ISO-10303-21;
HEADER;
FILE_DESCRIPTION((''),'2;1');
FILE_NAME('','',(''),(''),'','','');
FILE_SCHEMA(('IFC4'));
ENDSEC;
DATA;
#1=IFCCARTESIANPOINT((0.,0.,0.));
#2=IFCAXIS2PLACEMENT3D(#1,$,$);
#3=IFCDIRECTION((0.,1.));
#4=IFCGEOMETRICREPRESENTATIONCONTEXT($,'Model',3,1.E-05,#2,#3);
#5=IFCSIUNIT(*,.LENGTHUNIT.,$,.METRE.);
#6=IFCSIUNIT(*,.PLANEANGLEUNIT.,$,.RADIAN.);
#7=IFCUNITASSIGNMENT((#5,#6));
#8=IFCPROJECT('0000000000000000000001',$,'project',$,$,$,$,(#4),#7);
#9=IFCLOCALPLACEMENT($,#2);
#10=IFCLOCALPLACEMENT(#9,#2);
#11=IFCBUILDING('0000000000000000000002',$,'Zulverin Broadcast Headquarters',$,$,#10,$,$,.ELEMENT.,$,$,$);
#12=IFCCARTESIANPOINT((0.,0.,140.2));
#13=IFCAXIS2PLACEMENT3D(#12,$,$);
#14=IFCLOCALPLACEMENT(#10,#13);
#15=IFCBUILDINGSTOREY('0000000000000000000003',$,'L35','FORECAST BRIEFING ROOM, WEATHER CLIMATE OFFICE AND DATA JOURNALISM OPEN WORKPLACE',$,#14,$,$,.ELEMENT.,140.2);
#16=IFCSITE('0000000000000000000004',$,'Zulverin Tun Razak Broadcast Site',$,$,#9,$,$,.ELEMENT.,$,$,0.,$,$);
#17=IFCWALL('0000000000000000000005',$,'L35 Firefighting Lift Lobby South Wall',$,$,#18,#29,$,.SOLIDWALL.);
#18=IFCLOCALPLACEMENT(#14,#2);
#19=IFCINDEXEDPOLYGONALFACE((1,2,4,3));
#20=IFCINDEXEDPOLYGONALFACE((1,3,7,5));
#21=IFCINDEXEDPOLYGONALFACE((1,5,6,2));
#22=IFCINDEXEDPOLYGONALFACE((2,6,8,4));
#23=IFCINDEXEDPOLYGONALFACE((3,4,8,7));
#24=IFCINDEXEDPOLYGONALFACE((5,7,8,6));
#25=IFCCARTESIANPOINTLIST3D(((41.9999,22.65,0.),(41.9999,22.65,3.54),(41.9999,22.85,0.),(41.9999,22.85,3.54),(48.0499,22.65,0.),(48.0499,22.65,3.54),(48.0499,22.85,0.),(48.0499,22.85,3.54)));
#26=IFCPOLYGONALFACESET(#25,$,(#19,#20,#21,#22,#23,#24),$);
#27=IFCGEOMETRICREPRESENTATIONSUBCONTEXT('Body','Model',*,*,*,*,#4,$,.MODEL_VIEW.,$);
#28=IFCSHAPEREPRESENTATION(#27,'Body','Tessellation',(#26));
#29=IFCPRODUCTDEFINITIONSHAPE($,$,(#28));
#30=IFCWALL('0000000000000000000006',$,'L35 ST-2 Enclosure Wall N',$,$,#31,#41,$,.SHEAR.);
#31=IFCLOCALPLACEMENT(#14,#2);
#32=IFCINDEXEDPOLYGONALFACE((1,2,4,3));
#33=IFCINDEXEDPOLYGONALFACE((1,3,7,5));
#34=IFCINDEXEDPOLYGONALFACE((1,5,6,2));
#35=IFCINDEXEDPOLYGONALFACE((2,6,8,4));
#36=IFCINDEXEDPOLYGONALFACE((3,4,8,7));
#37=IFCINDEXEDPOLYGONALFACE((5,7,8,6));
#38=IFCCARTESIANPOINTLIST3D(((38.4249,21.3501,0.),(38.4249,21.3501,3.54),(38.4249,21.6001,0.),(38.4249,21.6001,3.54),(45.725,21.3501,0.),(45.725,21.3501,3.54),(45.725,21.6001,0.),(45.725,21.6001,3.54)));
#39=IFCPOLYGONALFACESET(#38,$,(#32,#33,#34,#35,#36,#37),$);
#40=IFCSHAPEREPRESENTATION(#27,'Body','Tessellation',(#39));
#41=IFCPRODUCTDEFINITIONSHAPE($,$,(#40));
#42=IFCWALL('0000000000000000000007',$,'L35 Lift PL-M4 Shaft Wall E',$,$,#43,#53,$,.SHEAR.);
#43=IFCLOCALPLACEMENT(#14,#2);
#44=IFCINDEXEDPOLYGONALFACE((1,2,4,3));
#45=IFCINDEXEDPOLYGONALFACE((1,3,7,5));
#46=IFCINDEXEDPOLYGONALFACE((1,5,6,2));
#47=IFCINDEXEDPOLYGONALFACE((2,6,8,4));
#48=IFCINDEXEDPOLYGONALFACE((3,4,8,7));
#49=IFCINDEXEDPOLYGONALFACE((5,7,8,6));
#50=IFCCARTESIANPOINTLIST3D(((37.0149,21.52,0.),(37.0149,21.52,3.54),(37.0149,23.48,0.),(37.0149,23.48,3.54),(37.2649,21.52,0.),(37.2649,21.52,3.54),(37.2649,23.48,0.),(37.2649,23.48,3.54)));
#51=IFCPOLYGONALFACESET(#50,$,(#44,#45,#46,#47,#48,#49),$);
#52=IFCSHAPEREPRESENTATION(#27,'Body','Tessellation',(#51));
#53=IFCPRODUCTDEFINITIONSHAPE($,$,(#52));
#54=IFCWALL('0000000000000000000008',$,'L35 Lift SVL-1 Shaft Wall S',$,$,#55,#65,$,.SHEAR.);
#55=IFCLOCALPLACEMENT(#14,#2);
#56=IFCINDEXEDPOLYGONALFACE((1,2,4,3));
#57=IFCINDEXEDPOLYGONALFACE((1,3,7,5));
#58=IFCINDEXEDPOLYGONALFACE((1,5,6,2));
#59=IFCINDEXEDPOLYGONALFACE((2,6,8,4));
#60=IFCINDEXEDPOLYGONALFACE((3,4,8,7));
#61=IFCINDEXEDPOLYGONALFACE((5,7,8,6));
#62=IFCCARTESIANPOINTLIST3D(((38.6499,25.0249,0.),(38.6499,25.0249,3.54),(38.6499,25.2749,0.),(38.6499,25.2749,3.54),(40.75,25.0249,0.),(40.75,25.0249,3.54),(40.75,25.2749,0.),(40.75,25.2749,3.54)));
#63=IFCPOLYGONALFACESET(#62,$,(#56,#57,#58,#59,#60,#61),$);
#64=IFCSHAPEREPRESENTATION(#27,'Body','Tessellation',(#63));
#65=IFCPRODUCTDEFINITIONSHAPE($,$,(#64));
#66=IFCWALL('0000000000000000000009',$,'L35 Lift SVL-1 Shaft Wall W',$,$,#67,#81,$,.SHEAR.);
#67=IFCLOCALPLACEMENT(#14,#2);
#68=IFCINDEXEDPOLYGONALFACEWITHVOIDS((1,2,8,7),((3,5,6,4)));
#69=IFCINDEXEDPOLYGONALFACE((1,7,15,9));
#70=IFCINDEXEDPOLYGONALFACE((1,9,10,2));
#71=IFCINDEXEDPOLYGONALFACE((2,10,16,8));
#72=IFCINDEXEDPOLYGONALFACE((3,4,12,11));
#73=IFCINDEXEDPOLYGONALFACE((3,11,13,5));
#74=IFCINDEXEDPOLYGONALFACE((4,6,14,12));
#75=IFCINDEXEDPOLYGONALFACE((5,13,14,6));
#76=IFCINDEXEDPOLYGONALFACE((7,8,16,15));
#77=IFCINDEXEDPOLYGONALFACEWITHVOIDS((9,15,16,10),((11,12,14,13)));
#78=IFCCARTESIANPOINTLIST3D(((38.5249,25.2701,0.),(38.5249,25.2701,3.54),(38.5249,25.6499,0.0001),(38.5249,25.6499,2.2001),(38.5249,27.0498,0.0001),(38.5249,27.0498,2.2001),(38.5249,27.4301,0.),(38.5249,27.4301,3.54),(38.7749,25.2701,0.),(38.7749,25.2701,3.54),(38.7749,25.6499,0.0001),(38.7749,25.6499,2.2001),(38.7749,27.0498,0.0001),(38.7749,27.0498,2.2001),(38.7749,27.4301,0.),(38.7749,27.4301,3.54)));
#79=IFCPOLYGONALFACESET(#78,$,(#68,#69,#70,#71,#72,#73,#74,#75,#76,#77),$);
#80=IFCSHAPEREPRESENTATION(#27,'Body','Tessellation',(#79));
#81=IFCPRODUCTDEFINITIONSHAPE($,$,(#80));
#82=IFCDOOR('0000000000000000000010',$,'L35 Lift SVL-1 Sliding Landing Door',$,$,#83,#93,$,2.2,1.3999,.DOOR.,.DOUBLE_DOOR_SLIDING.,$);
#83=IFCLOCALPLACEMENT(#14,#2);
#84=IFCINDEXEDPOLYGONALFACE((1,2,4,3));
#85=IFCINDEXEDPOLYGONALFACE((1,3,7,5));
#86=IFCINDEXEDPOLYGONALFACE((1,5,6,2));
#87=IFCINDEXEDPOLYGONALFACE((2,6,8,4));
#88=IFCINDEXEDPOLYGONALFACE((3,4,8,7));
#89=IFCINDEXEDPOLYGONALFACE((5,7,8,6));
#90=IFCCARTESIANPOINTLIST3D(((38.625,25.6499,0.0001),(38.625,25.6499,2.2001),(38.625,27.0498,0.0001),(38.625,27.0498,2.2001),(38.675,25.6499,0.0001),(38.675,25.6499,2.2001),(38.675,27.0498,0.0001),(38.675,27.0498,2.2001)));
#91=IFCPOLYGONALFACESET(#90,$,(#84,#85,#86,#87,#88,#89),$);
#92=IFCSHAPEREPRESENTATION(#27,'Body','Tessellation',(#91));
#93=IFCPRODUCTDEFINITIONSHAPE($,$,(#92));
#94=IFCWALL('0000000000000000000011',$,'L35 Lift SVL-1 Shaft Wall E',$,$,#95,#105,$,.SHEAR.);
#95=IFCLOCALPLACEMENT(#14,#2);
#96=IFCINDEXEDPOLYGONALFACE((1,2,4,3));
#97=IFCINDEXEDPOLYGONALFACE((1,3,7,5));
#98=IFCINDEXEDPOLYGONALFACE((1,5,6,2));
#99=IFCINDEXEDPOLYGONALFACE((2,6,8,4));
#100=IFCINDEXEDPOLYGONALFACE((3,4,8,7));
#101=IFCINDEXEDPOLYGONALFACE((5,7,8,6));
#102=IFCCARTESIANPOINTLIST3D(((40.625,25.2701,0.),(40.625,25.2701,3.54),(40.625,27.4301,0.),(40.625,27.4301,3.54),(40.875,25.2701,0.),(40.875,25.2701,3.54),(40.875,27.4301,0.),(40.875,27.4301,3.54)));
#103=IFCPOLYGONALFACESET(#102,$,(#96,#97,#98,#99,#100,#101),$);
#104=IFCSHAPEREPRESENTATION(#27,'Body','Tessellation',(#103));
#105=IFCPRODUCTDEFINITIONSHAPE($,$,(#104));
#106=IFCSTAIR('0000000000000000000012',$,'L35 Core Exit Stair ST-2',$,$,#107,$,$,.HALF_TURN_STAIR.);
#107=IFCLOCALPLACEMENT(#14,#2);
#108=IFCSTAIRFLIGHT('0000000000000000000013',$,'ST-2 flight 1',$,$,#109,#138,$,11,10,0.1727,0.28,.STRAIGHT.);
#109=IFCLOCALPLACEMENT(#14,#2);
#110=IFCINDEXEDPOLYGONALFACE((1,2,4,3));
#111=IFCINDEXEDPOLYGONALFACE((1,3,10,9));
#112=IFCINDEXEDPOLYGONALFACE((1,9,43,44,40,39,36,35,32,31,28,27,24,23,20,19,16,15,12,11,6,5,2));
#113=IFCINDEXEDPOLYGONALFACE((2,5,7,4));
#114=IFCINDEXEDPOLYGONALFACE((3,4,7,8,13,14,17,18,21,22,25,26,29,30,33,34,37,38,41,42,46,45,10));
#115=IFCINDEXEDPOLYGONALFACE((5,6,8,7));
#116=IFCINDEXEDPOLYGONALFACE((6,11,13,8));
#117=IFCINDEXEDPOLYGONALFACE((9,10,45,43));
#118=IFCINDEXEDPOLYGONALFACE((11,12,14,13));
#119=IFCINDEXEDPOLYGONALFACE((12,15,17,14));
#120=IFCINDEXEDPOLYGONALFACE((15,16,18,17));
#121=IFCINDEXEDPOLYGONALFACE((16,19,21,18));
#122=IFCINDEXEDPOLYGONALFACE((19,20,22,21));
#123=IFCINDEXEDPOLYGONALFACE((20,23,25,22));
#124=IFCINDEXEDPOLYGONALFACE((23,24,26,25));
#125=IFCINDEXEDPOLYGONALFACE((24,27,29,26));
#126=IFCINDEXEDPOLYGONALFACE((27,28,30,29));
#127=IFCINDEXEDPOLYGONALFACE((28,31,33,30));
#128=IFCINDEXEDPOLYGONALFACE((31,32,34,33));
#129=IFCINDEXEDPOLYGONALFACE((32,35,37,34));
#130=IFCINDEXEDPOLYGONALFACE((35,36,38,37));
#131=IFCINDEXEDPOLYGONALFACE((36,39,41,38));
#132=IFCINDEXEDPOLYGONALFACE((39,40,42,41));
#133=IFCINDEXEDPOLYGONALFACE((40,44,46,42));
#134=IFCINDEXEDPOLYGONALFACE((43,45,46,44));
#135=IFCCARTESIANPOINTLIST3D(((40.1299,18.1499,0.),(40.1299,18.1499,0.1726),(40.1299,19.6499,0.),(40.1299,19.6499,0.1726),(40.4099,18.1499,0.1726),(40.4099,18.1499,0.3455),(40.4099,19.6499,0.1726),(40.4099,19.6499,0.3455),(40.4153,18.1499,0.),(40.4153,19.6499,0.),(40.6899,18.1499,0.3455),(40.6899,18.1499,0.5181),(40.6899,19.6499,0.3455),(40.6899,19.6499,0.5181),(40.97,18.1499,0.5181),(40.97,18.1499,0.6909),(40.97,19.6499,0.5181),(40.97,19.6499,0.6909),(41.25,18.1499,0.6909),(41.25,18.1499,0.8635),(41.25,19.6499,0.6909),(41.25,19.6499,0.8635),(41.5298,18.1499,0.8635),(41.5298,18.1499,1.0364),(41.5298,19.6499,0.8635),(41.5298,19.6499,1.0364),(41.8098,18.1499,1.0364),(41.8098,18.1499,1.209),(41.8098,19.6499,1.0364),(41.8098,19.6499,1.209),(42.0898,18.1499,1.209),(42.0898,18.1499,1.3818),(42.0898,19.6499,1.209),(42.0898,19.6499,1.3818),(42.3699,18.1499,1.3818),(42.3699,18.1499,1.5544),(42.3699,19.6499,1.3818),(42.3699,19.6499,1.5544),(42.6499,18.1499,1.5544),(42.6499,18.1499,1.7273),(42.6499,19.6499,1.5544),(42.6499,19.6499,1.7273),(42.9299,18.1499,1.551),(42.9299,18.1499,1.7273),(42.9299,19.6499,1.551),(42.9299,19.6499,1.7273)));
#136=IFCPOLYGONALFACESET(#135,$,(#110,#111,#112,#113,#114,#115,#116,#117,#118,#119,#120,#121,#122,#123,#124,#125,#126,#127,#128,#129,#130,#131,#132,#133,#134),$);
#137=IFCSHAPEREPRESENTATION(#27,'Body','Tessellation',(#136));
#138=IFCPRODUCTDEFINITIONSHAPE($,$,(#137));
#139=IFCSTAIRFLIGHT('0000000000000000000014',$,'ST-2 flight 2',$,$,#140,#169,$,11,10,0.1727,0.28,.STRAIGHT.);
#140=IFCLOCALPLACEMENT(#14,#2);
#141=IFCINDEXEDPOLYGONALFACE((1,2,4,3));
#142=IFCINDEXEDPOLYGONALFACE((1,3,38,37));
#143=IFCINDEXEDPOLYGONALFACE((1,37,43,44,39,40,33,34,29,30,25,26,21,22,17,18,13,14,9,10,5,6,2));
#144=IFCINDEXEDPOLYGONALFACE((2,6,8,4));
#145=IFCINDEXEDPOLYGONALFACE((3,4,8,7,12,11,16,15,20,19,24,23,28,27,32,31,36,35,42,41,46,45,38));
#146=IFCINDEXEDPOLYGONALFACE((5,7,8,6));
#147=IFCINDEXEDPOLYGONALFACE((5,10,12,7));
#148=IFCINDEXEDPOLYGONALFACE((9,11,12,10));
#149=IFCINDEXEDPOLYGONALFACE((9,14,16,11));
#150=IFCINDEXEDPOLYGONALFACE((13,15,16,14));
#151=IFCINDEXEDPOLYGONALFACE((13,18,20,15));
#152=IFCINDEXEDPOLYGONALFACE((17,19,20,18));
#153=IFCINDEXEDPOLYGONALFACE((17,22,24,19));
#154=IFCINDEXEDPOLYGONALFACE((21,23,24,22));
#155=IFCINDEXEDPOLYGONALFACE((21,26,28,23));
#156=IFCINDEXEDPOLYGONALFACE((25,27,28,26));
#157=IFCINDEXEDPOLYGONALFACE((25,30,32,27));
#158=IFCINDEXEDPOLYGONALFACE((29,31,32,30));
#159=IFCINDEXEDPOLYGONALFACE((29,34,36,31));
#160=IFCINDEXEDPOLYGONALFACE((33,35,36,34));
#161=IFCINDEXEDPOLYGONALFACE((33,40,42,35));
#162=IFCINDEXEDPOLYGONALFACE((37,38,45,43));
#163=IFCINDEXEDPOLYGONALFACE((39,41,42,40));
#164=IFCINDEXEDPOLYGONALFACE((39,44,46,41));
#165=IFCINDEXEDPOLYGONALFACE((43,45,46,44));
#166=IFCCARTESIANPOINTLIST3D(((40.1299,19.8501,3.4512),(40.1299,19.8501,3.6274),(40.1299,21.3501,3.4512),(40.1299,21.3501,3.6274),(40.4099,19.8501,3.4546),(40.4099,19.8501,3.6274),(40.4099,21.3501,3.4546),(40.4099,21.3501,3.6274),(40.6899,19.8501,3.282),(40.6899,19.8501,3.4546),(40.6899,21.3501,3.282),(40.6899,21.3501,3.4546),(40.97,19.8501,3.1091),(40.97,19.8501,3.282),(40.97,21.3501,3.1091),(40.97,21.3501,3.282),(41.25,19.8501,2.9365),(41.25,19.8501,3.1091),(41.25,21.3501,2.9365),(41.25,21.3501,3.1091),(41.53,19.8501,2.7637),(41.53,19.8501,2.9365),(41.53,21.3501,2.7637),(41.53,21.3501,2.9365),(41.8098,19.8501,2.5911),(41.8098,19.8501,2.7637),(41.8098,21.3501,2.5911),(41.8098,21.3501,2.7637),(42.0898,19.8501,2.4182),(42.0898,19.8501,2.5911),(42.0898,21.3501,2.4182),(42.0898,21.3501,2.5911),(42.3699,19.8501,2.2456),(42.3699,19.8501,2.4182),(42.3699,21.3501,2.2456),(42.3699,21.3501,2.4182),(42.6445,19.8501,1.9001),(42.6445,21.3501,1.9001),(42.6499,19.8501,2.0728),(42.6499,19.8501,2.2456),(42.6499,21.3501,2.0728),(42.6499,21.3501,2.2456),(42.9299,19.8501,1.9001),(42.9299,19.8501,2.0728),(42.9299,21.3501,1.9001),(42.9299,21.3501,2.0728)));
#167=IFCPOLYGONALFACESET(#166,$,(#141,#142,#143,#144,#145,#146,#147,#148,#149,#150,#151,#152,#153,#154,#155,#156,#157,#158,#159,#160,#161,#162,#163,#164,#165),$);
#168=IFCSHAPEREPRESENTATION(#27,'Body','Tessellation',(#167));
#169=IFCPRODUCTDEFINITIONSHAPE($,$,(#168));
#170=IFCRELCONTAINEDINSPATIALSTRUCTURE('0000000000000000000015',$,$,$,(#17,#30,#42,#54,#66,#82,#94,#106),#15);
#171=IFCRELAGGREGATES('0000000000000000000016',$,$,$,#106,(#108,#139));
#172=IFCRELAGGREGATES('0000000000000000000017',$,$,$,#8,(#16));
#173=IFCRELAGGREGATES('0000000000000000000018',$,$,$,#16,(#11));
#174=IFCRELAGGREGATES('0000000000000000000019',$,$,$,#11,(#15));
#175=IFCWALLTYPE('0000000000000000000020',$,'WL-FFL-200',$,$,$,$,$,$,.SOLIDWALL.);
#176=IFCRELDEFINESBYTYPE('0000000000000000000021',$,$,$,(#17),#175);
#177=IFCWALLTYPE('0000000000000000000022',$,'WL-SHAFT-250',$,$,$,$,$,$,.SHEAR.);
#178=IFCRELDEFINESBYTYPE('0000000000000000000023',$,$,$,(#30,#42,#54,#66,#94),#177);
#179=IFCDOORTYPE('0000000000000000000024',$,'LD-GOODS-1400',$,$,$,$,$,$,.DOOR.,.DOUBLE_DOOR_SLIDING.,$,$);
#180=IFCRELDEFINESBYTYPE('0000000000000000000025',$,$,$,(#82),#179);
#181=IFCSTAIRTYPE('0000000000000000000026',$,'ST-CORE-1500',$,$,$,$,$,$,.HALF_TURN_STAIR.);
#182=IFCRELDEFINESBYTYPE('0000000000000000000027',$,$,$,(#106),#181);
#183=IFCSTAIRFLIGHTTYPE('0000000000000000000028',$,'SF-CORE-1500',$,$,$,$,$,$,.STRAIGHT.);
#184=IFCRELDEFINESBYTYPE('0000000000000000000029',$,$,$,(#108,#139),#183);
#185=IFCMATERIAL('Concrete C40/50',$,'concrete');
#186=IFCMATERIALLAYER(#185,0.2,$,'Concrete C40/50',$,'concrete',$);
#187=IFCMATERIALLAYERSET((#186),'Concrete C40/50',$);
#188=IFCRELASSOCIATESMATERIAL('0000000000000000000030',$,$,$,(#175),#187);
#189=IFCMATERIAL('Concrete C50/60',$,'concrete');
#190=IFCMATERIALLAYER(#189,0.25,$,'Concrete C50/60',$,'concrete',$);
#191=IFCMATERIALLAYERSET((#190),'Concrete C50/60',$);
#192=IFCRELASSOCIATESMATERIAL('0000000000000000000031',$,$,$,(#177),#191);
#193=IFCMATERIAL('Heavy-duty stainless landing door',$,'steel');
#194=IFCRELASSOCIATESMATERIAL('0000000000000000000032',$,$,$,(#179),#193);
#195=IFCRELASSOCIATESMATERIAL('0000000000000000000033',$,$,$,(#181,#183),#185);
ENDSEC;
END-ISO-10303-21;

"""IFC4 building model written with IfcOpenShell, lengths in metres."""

from ifc_helpers import new_model, si_unit, direction, frame, frame_2d, origin, place, context, subcontext, project, spatial, polyline, rectangle, outline, extrude, material, layer, layer_set, type_object, element, fill, aggregate, save


model = new_model("IFC4")

# Units and contexts
model_context = context("Model", 3, precision=1e-05, world=origin(), true_north=direction((0.0, 1.0)))
body_context = subcontext(model_context, "Body", "Model", "MODEL_VIEW")
ifc_project = project(units=[si_unit("LENGTHUNIT", "METRE"), si_unit("PLANEANGLEUNIT", "RADIAN")], contexts=[model_context])

# Site, building, storey
site_placement = place(None, origin())
site = spatial("IfcSite", under=ifc_project, at=site_placement, Name="Zulverin Tun Razak Broadcast Site", CompositionType="ELEMENT", RefElevation=0.0)
building_placement = place(site_placement, origin())
building = spatial("IfcBuilding", under=site, at=building_placement, Name="Zulverin Broadcast Headquarters", CompositionType="ELEMENT")
storey_placement = place(building_placement, frame((0.0, 0.0, 140.2)))
storey = spatial("IfcBuildingStorey", under=building, at=storey_placement, Name="L35", Description="FORECAST BRIEFING ROOM, WEATHER CLIMATE OFFICE AND DATA JOURNALISM OPEN WORKPLACE", CompositionType="ELEMENT", Elevation=140.2)

# Shared definitions
ifc_material_1 = material(Name="Concrete C40/50", Category="concrete")
ifc_layer_1 = layer(ifc_material_1, 0.2, Name="Concrete C40/50", Category="concrete")
ifc_layer_set_1 = layer_set([ifc_layer_1], Name="Concrete C40/50")
wall_type_1 = type_object("IfcWallType", Name="WL-FFL-200", PredefinedType="SOLIDWALL", material=ifc_layer_set_1)

# Walls
wall_1_placement = place(storey_placement, frame((42.0, 22.75, 0.0), z_axis=(0.0, 0.0, 1.0), x_axis=(1.0, 0.0, 0.0)))
element("IfcWall", 1, at=wall_1_placement, inside=storey, type_object=wall_type_1, Name="L35 Firefighting Lift Lobby South Wall", PredefinedType="SOLIDWALL", context=body_context, shape_type="SweptSolid", body=[
    extrude(rectangle(XDim=6.05, YDim=0.2, at=frame_2d((3.0249, 0.0))), origin(), (0.0, 0.0, 1.0), 3.54),
])
ifc_material_2 = material(Name="Concrete C50/60", Category="concrete")
ifc_layer_2 = layer(ifc_material_2, 0.25, Name="Concrete C50/60", Category="concrete")
ifc_layer_set_2 = layer_set([ifc_layer_2], Name="Concrete C50/60")
wall_type_2 = type_object("IfcWallType", Name="WL-SHAFT-250", PredefinedType="SHEAR", material=ifc_layer_set_2)
wall_2_placement = place(storey_placement, frame((38.425, 21.4751, 0.0), z_axis=(0.0, 0.0, 1.0), x_axis=(1.0, 0.0, 0.0)))
element("IfcWall", 2, at=wall_2_placement, inside=storey, type_object=wall_type_2, Name="L35 ST-2 Enclosure Wall N", PredefinedType="SHEAR", context=body_context, shape_type="SweptSolid", body=[
    extrude(rectangle(XDim=7.3, YDim=0.25, at=frame_2d((3.6499, 0.0))), origin(), (0.0, 0.0, 1.0), 3.54),
])

# Walls
wall_3_placement = place(storey_placement, frame((37.1399, 21.52, 0.0), z_axis=(0.0, 0.0, 1.0), x_axis=(0.0, 1.0, 0.0)))
element("IfcWall", 3, at=wall_3_placement, inside=storey, type_object=wall_type_2, Name="L35 Lift PL-M4 Shaft Wall E", PredefinedType="SHEAR", context=body_context, shape_type="SweptSolid", body=[
    extrude(rectangle(XDim=1.96, YDim=0.25, at=frame_2d((0.98, 0.0))), origin(), (0.0, 0.0, 1.0), 3.54),
])
wall_4_placement = place(storey_placement, frame((38.6499, 25.1499, 0.0), z_axis=(0.0, 0.0, 1.0), x_axis=(1.0, 0.0, 0.0)))
element("IfcWall", 4, at=wall_4_placement, inside=storey, type_object=wall_type_2, Name="L35 Lift SVL-1 Shaft Wall S", PredefinedType="SHEAR", context=body_context, shape_type="SweptSolid", body=[
    extrude(rectangle(XDim=2.1001, YDim=0.25, at=frame_2d((1.05, 0.0))), origin(), (0.0, 0.0, 1.0), 3.54),
])

# Wall, opening, door
wall_5_placement = place(storey_placement, frame((38.6499, 25.27, 0.0), z_axis=(0.0, 0.0, 1.0), x_axis=(0.0, 1.0, 0.0)))
wall_5 = element("IfcWall", 5, at=wall_5_placement, inside=storey, type_object=wall_type_2, Name="L35 Lift SVL-1 Shaft Wall W", PredefinedType="SHEAR", context=body_context, shape_type="SweptSolid", body=[
    extrude(rectangle(XDim=2.1599, YDim=0.25, at=frame_2d((1.0801, 0.0))), origin(), (0.0, 0.0, 1.0), 3.54),
])
opening_1_placement = place(wall_5_placement, frame((0.3799, 0.0, 0.0)))
opening_1 = element("IfcOpeningElement", 6, at=opening_1_placement, cuts=wall_5, PredefinedType="OPENING", context=body_context, shape_type="SweptSolid", body=[
    extrude(rectangle(XDim=1.3999, YDim=2.2, at=frame_2d((0.7, 1.1001))), frame((0.0, 0.135, 0.0), z_axis=(0.0, -1.0, 0.0), x_axis=(1.0, 0.0, 0.0)), (0.0, 0.0, 1.0), 0.27),
])
ifc_material_3 = material(Name="Heavy-duty stainless landing door", Category="steel")
door_type_1 = type_object("IfcDoorType", Name="LD-GOODS-1400", OperationType="DOUBLE_DOOR_SLIDING", PredefinedType="DOOR", material=ifc_material_3)
door_1_placement = place(opening_1_placement, origin())
door_1 = element("IfcDoor", 7, at=door_1_placement, inside=storey, type_object=door_type_1, Name="L35 Lift SVL-1 Sliding Landing Door", OperationType="DOUBLE_DOOR_SLIDING", OverallHeight=2.2, OverallWidth=1.3999, PredefinedType="DOOR", context=body_context, shape_type="SweptSolid", body=[
    extrude(rectangle(XDim=1.3999, YDim=2.2, at=frame_2d((0.7, 1.1001))), frame((0.0, 0.0249, 0.0), z_axis=(0.0, -1.0, 0.0), x_axis=(1.0, 0.0, 0.0)), (0.0, 0.0, 1.0), 0.05),
])
fill(opening_1, door_1)

# Wall
wall_6_placement = place(storey_placement, frame((40.75, 25.27, 0.0), z_axis=(0.0, 0.0, 1.0), x_axis=(0.0, 1.0, 0.0)))
element("IfcWall", 8, at=wall_6_placement, inside=storey, type_object=wall_type_2, Name="L35 Lift SVL-1 Shaft Wall E", PredefinedType="SHEAR", context=body_context, shape_type="SweptSolid", body=[
    extrude(rectangle(XDim=2.1599, YDim=0.25, at=frame_2d((1.0801, 0.0))), origin(), (0.0, 0.0, 1.0), 3.54),
])

# Stair, stair flights
stair_type = type_object("IfcStairType", Name="ST-CORE-1500", PredefinedType="HALF_TURN_STAIR", material=ifc_material_1)
stair_placement = place(storey_placement, origin())
stair = element("IfcStair", 9, at=stair_placement, inside=storey, type_object=stair_type, Name="L35 Core Exit Stair ST-2", PredefinedType="HALF_TURN_STAIR")
stair_flight_type = type_object("IfcStairFlightType", Name="SF-CORE-1500", PredefinedType="STRAIGHT", material=ifc_material_1)
stair_flight_1_placement = place(storey_placement, frame((40.1299, 18.8999, 0.0), z_axis=(0.0, 0.0, 1.0), x_axis=(1.0, 0.0, 0.0)))
stair_flight_1 = element("IfcStairFlight", 10, at=stair_flight_1_placement, type_object=stair_flight_type, Name="ST-2 flight 1", NumberOfRisers=11, NumberOfTreads=10, PredefinedType="STRAIGHT", RiserHeight=0.1727, TreadLength=0.28, context=body_context, shape_type="SweptSolid", body=[
    extrude(outline(polyline([(0.0, 0.0), (0.0, 0.1726), (0.28, 0.1726), (0.28, 0.3455), (0.5601, 0.3455), (0.5601, 0.5181), (0.8401, 0.5181), (0.8401, 0.6909), (1.1201, 0.6909), (1.1201, 0.8635), (1.3999, 0.8635), (1.3999, 1.0364), (1.6799, 1.0364), (1.6799, 1.209), (1.96, 1.209), (1.96, 1.3818), (2.24, 1.3818), (2.24, 1.5544), (2.52, 1.5544), (2.52, 1.7273), (2.8, 1.7273), (2.8, 1.8999), (2.8, 1.551), (0.2854, 0.0), (0.0, 0.0)])), frame((0.0, 0.75, 0.0), z_axis=(0.0, -1.0, 0.0), x_axis=(1.0, 0.0, 0.0)), (0.0, 0.0, 1.0), 1.5),
])
stair_flight_2_placement = place(storey_placement, frame((42.9299, 20.6001, 1.9001), z_axis=(0.0, 0.0, 1.0), x_axis=(-1.0, 0.0, 0.0)))
stair_flight_2 = element("IfcStairFlight", 11, at=stair_flight_2_placement, type_object=stair_flight_type, Name="ST-2 flight 2", NumberOfRisers=11, NumberOfTreads=10, PredefinedType="STRAIGHT", RiserHeight=0.1727, TreadLength=0.28, context=body_context, shape_type="SweptSolid", body=[
    extrude(outline(polyline([(0.0, 0.0), (0.0, 0.1726), (0.28, 0.1726), (0.28, 0.3455), (0.5601, 0.3455), (0.5601, 0.5181), (0.8401, 0.5181), (0.8401, 0.6909), (1.1201, 0.6909), (1.1201, 0.8635), (1.3999, 0.8635), (1.3999, 1.0364), (1.6799, 1.0364), (1.6799, 1.209), (1.96, 1.209), (1.96, 1.3818), (2.24, 1.3818), (2.24, 1.5544), (2.52, 1.5544), (2.52, 1.7273), (2.8, 1.7273), (2.8, 1.8999), (2.8, 1.551), (0.2854, 0.0), (0.0, 0.0)])), frame((0.0, 0.75, 0.0), z_axis=(0.0, -1.0, 0.0), x_axis=(1.0, 0.0, 0.0)), (0.0, 0.0, 1.0), 1.5),
])
aggregate(stair, [stair_flight_1, stair_flight_2])

save(model, "model.ifc")
